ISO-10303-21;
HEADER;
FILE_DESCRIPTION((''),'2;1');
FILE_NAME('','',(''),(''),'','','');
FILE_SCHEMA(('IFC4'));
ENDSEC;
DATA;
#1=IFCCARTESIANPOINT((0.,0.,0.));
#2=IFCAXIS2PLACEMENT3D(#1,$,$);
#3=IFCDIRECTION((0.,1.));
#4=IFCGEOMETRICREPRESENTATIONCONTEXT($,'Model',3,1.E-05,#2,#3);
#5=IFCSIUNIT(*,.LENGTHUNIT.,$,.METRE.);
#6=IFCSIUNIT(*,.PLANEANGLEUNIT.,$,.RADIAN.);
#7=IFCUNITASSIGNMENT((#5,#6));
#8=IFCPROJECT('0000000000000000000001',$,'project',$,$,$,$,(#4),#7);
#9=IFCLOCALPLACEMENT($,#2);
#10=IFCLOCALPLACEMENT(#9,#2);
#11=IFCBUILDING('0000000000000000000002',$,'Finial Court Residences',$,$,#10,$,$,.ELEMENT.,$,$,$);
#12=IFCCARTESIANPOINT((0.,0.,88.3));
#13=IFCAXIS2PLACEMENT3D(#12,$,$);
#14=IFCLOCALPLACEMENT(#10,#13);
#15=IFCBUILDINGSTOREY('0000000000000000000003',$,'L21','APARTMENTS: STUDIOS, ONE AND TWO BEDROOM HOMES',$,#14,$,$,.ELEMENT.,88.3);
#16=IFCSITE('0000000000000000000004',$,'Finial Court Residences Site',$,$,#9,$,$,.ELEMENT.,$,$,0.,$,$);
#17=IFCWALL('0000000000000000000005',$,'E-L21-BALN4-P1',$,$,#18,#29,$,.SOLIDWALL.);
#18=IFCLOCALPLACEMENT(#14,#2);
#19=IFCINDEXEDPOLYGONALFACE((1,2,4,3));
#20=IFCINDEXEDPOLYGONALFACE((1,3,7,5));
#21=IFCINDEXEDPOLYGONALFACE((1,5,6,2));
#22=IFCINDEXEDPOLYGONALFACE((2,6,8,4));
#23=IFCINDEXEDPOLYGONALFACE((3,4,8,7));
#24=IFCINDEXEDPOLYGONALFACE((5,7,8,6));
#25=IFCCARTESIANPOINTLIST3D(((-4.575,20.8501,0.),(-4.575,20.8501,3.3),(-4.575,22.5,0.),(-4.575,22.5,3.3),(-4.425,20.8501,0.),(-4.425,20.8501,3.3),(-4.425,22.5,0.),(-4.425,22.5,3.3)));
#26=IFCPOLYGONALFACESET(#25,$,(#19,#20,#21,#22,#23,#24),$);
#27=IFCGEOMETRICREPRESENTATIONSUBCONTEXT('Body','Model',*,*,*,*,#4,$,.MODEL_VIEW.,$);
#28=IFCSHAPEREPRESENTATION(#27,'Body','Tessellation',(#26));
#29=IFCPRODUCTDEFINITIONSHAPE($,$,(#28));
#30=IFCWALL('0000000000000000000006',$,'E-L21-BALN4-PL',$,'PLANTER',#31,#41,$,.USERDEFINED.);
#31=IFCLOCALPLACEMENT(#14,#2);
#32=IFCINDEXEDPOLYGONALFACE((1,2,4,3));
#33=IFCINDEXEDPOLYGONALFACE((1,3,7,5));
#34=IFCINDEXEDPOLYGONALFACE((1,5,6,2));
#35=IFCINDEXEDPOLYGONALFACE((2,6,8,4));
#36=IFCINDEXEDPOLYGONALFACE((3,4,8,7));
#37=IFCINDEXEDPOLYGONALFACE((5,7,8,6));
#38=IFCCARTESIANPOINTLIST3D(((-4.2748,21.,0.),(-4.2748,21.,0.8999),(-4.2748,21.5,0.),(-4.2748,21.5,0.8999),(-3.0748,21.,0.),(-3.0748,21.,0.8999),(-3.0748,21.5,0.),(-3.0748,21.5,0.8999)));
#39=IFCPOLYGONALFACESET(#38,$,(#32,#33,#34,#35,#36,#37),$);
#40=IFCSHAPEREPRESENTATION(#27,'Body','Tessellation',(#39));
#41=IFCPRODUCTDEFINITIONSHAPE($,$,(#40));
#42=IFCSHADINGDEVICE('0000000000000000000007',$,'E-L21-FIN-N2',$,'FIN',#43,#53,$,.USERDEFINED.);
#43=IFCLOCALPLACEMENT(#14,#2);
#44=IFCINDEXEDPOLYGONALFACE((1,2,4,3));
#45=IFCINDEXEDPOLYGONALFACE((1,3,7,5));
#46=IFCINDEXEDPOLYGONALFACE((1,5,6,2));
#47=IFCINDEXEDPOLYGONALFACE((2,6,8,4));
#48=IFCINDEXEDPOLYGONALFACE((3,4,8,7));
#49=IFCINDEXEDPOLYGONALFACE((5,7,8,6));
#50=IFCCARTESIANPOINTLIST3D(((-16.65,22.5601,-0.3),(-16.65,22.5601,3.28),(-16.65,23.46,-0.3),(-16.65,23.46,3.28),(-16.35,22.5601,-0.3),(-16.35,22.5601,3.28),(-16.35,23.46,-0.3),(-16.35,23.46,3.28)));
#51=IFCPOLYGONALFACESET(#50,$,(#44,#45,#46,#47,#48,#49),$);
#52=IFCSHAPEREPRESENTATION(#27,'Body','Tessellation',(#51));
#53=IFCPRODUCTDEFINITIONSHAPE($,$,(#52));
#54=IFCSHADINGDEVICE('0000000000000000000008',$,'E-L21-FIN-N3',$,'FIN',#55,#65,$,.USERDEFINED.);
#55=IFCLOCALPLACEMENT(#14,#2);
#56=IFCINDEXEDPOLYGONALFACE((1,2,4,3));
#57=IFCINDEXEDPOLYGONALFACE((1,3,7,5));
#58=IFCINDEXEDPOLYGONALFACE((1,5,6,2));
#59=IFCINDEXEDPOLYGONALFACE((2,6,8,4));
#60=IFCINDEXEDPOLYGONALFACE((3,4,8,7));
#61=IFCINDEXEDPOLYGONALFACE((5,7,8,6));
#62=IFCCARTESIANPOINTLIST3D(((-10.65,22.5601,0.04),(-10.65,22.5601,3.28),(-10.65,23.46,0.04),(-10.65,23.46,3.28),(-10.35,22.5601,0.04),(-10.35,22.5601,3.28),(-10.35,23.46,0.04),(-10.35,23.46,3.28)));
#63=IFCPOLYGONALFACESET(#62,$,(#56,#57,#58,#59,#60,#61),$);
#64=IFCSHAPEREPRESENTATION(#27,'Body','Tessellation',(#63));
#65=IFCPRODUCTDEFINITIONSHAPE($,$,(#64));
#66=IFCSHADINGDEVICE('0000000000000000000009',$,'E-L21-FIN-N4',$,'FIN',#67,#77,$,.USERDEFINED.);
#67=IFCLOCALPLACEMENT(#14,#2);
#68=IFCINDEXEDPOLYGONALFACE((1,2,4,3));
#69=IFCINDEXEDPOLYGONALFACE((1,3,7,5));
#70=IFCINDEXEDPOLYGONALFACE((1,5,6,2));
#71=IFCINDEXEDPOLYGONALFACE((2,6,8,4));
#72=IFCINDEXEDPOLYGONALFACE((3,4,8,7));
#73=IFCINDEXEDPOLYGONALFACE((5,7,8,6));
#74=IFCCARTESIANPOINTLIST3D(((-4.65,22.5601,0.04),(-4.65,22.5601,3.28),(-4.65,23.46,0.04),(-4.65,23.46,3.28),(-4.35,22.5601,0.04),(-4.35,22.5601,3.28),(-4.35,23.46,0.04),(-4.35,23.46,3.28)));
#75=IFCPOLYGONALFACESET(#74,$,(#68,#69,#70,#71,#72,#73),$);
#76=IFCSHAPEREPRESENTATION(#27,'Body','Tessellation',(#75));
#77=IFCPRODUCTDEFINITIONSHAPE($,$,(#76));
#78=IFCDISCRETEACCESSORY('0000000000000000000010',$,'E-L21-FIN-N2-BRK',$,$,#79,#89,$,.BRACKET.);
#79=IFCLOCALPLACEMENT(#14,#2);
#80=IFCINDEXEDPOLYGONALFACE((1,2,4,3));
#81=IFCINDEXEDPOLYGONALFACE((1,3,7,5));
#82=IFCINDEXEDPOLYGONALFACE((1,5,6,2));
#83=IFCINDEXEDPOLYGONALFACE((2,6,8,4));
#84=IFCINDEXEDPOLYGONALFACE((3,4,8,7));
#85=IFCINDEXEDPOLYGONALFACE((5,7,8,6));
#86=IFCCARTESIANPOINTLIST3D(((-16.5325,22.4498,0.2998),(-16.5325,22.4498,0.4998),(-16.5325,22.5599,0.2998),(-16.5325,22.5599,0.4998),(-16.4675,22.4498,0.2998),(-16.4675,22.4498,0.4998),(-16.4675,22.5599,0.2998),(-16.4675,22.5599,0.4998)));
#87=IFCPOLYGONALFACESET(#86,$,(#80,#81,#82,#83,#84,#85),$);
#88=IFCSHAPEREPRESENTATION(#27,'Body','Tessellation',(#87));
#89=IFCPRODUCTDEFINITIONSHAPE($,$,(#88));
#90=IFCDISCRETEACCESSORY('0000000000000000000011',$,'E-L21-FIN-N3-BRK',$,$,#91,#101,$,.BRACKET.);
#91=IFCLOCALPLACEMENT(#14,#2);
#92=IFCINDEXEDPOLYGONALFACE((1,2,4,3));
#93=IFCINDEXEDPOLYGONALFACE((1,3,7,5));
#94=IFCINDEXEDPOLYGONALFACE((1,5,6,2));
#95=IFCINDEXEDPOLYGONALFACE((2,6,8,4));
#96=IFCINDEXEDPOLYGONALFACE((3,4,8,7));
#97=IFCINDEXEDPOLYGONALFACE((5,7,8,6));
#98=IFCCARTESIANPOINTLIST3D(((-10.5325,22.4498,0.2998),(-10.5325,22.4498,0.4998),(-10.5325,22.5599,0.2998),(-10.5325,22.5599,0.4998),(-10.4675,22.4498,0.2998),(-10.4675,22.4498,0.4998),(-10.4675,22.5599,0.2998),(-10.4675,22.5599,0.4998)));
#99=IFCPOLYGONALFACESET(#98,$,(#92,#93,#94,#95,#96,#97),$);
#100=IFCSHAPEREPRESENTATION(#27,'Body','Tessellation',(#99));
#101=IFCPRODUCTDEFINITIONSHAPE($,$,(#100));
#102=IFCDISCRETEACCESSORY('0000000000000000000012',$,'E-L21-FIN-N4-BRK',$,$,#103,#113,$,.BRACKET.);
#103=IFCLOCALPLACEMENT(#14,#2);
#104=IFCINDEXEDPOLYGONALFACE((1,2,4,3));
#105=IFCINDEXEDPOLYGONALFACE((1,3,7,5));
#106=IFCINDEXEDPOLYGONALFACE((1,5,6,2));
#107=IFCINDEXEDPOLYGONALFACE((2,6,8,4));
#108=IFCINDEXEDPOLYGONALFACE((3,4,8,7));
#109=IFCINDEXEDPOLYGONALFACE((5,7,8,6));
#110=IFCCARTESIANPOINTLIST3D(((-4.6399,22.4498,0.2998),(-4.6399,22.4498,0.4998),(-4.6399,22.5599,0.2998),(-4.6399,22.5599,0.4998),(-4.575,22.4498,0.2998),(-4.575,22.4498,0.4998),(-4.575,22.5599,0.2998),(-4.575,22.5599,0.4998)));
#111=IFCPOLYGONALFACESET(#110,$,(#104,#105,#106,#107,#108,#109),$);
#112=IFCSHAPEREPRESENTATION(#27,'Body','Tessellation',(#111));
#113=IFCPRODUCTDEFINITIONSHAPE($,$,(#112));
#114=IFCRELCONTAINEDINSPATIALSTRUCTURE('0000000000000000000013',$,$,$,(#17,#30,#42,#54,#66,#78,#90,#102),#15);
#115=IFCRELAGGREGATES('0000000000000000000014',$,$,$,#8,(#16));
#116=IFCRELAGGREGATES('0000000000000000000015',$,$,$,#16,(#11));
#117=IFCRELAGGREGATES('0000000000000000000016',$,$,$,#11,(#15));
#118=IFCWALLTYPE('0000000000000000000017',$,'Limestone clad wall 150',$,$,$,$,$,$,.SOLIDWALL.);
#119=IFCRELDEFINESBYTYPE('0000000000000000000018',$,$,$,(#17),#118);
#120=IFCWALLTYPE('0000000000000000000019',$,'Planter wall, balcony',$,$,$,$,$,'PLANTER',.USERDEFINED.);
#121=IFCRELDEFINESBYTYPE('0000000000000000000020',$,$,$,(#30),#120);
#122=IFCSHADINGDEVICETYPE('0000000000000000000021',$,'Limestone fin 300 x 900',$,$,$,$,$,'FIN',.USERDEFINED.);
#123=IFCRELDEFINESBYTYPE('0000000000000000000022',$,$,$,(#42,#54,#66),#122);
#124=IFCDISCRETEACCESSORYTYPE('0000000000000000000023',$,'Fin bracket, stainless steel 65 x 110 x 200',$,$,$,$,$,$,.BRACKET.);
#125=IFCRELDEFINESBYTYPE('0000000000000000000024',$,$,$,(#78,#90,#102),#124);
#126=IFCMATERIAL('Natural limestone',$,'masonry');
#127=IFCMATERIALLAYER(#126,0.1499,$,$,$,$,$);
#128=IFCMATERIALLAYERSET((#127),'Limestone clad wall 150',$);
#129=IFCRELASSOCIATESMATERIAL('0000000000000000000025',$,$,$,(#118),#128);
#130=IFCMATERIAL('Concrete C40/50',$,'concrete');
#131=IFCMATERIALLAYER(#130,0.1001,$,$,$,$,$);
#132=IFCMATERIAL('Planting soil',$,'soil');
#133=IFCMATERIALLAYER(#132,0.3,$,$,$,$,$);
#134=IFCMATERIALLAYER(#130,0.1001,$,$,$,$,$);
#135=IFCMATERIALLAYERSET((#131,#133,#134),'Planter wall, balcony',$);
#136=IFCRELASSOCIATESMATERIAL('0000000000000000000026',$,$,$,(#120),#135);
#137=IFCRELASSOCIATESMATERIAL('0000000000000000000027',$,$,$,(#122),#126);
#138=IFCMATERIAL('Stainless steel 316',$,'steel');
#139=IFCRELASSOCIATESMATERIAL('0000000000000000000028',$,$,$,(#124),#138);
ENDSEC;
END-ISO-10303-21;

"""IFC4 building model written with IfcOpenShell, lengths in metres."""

from ifc_helpers import new_model, si_unit, direction, frame, frame_2d, origin, origin_2d, place, context, subcontext, project, spatial, rectangle, extrude, material, layer, layer_set, type_object, element, save


model = new_model("IFC4")

# Units and contexts
model_context = context("Model", 3, precision=1e-05, world=origin(), true_north=direction((0.0, 1.0)))
body_context = subcontext(model_context, "Body", "Model", "MODEL_VIEW")
ifc_project = project(units=[si_unit("LENGTHUNIT", "METRE"), si_unit("PLANEANGLEUNIT", "RADIAN")], contexts=[model_context])

# Site, building, storey
site_placement = place(None, origin())
site = spatial("IfcSite", under=ifc_project, at=site_placement, Name="Finial Court Residences Site", CompositionType="ELEMENT", RefElevation=0.0)
building_placement = place(site_placement, origin())
building = spatial("IfcBuilding", under=site, at=building_placement, Name="Finial Court Residences", CompositionType="ELEMENT")
storey_placement = place(building_placement, frame((0.0, 0.0, 88.3)))
storey = spatial("IfcBuildingStorey", under=building, at=storey_placement, Name="L21", Description="APARTMENTS: STUDIOS, ONE AND TWO BEDROOM HOMES", CompositionType="ELEMENT", Elevation=88.3)

# Wall
ifc_material_1 = material(Name="Natural limestone", Category="masonry")
ifc_layer_1 = layer(ifc_material_1, 0.1499)
ifc_layer_set_1 = layer_set([ifc_layer_1], Name="Limestone clad wall 150")
wall_type_1 = type_object("IfcWallType", Name="Limestone clad wall 150", PredefinedType="SOLIDWALL", material=ifc_layer_set_1)
wall_1_placement = place(storey_placement, frame((-4.5, 20.8501, 0.0), z_axis=(0.0, 0.0, 1.0), x_axis=(0.0, 1.0, 0.0)))
element("IfcWall", 1, at=wall_1_placement, inside=storey, type_object=wall_type_1, Name="E-L21-BALN4-P1", PredefinedType="SOLIDWALL", context=body_context, shape_type="SweptSolid", body=[
    extrude(rectangle(XDim=1.6499, YDim=0.1499, at=frame_2d((0.825, 0.0))), origin(), (0.0, 0.0, 1.0), 3.3),
])

# Wall
ifc_material_2 = material(Name="Concrete C40/50", Category="concrete")
ifc_layer_2 = layer(ifc_material_2, 0.1001)
ifc_material_3 = material(Name="Planting soil", Category="soil")
ifc_layer_3 = layer(ifc_material_3, 0.3)
ifc_layer_4 = layer(ifc_material_2, 0.1001)
ifc_layer_set_2 = layer_set([ifc_layer_2, ifc_layer_3, ifc_layer_4], Name="Planter wall, balcony")
wall_type_2 = type_object("IfcWallType", Name="Planter wall, balcony", ElementType="PLANTER", PredefinedType="USERDEFINED", material=ifc_layer_set_2)
wall_2_placement = place(storey_placement, frame((-4.2749, 21.25, 0.0), z_axis=(0.0, 0.0, 1.0), x_axis=(1.0, 0.0, 0.0)))
element("IfcWall", 2, at=wall_2_placement, inside=storey, type_object=wall_type_2, Name="E-L21-BALN4-PL", ObjectType="PLANTER", PredefinedType="USERDEFINED", context=body_context, shape_type="SweptSolid", body=[
    extrude(rectangle(XDim=1.2, YDim=0.5, at=frame_2d((0.6001, 0.0))), origin(), (0.0, 0.0, 1.0), 0.8999),
])

# Shading devices
shading_device_type = type_object("IfcShadingDeviceType", Name="Limestone fin 300 x 900", ElementType="FIN", PredefinedType="USERDEFINED", material=ifc_material_1)
shading_device_placement = place(storey_placement, frame((-16.5, 23.01, -0.3), z_axis=(0.0, 0.0, 1.0), x_axis=(1.0, 0.0, 0.0)))
element("IfcShadingDevice", 3, at=shading_device_placement, inside=storey, type_object=shading_device_type, Name="E-L21-FIN-N2", ObjectType="FIN", PredefinedType="USERDEFINED", context=body_context, shape_type="SweptSolid", body=[
    extrude(rectangle(XDim=0.3, YDim=0.8999, at=origin_2d()), origin(), (0.0, 0.0, 1.0), 3.5801),
])
for number, where, z_axis, x_axis, name in (
    (4, (-10.5, 23.01, 0.04), (0.0, 0.0, 1.0), (1.0, 0.0, 0.0), "E-L21-FIN-N3"),
    (5, (-4.5, 23.01, 0.04), (0.0, 0.0, 1.0), (1.0, 0.0, 0.0), "E-L21-FIN-N4"),
):
    element("IfcShadingDevice", number, at=place(storey_placement, frame(where, z_axis=z_axis, x_axis=x_axis)), inside=storey, type_object=shading_device_type, Name=name, ObjectType="FIN", PredefinedType="USERDEFINED", context=body_context, shape_type="SweptSolid", body=[
        extrude(rectangle(XDim=0.3, YDim=0.8999, at=origin_2d()), origin(), (0.0, 0.0, 1.0), 3.24),
    ])

# Discrete accessories
ifc_material_4 = material(Name="Stainless steel 316", Category="steel")
discrete_accessory_type = type_object("IfcDiscreteAccessoryType", Name="Fin bracket, stainless steel 65 x 110 x 200", PredefinedType="BRACKET", material=ifc_material_4)
for number, where, z_axis, x_axis, name in (
    (6, (-16.5, 22.5049, 0.2998), (0.0, 0.0, 1.0), (1.0, 0.0, 0.0), "E-L21-FIN-N2-BRK"),
    (7, (-10.5, 22.5049, 0.2998), (0.0, 0.0, 1.0), (1.0, 0.0, 0.0), "E-L21-FIN-N3-BRK"),
    (8, (-4.6074, 22.5049, 0.2998), (0.0, 0.0, 1.0), (1.0, 0.0, 0.0), "E-L21-FIN-N4-BRK"),
):
    element("IfcDiscreteAccessory", number, at=place(storey_placement, frame(where, z_axis=z_axis, x_axis=x_axis)), inside=storey, type_object=discrete_accessory_type, Name=name, PredefinedType="BRACKET", context=body_context, shape_type="SweptSolid", body=[
        extrude(rectangle(XDim=0.0649, YDim=0.1101, at=origin_2d()), origin(), (0.0, 0.0, 1.0), 0.2),
    ])

save(model, "model.ifc")
